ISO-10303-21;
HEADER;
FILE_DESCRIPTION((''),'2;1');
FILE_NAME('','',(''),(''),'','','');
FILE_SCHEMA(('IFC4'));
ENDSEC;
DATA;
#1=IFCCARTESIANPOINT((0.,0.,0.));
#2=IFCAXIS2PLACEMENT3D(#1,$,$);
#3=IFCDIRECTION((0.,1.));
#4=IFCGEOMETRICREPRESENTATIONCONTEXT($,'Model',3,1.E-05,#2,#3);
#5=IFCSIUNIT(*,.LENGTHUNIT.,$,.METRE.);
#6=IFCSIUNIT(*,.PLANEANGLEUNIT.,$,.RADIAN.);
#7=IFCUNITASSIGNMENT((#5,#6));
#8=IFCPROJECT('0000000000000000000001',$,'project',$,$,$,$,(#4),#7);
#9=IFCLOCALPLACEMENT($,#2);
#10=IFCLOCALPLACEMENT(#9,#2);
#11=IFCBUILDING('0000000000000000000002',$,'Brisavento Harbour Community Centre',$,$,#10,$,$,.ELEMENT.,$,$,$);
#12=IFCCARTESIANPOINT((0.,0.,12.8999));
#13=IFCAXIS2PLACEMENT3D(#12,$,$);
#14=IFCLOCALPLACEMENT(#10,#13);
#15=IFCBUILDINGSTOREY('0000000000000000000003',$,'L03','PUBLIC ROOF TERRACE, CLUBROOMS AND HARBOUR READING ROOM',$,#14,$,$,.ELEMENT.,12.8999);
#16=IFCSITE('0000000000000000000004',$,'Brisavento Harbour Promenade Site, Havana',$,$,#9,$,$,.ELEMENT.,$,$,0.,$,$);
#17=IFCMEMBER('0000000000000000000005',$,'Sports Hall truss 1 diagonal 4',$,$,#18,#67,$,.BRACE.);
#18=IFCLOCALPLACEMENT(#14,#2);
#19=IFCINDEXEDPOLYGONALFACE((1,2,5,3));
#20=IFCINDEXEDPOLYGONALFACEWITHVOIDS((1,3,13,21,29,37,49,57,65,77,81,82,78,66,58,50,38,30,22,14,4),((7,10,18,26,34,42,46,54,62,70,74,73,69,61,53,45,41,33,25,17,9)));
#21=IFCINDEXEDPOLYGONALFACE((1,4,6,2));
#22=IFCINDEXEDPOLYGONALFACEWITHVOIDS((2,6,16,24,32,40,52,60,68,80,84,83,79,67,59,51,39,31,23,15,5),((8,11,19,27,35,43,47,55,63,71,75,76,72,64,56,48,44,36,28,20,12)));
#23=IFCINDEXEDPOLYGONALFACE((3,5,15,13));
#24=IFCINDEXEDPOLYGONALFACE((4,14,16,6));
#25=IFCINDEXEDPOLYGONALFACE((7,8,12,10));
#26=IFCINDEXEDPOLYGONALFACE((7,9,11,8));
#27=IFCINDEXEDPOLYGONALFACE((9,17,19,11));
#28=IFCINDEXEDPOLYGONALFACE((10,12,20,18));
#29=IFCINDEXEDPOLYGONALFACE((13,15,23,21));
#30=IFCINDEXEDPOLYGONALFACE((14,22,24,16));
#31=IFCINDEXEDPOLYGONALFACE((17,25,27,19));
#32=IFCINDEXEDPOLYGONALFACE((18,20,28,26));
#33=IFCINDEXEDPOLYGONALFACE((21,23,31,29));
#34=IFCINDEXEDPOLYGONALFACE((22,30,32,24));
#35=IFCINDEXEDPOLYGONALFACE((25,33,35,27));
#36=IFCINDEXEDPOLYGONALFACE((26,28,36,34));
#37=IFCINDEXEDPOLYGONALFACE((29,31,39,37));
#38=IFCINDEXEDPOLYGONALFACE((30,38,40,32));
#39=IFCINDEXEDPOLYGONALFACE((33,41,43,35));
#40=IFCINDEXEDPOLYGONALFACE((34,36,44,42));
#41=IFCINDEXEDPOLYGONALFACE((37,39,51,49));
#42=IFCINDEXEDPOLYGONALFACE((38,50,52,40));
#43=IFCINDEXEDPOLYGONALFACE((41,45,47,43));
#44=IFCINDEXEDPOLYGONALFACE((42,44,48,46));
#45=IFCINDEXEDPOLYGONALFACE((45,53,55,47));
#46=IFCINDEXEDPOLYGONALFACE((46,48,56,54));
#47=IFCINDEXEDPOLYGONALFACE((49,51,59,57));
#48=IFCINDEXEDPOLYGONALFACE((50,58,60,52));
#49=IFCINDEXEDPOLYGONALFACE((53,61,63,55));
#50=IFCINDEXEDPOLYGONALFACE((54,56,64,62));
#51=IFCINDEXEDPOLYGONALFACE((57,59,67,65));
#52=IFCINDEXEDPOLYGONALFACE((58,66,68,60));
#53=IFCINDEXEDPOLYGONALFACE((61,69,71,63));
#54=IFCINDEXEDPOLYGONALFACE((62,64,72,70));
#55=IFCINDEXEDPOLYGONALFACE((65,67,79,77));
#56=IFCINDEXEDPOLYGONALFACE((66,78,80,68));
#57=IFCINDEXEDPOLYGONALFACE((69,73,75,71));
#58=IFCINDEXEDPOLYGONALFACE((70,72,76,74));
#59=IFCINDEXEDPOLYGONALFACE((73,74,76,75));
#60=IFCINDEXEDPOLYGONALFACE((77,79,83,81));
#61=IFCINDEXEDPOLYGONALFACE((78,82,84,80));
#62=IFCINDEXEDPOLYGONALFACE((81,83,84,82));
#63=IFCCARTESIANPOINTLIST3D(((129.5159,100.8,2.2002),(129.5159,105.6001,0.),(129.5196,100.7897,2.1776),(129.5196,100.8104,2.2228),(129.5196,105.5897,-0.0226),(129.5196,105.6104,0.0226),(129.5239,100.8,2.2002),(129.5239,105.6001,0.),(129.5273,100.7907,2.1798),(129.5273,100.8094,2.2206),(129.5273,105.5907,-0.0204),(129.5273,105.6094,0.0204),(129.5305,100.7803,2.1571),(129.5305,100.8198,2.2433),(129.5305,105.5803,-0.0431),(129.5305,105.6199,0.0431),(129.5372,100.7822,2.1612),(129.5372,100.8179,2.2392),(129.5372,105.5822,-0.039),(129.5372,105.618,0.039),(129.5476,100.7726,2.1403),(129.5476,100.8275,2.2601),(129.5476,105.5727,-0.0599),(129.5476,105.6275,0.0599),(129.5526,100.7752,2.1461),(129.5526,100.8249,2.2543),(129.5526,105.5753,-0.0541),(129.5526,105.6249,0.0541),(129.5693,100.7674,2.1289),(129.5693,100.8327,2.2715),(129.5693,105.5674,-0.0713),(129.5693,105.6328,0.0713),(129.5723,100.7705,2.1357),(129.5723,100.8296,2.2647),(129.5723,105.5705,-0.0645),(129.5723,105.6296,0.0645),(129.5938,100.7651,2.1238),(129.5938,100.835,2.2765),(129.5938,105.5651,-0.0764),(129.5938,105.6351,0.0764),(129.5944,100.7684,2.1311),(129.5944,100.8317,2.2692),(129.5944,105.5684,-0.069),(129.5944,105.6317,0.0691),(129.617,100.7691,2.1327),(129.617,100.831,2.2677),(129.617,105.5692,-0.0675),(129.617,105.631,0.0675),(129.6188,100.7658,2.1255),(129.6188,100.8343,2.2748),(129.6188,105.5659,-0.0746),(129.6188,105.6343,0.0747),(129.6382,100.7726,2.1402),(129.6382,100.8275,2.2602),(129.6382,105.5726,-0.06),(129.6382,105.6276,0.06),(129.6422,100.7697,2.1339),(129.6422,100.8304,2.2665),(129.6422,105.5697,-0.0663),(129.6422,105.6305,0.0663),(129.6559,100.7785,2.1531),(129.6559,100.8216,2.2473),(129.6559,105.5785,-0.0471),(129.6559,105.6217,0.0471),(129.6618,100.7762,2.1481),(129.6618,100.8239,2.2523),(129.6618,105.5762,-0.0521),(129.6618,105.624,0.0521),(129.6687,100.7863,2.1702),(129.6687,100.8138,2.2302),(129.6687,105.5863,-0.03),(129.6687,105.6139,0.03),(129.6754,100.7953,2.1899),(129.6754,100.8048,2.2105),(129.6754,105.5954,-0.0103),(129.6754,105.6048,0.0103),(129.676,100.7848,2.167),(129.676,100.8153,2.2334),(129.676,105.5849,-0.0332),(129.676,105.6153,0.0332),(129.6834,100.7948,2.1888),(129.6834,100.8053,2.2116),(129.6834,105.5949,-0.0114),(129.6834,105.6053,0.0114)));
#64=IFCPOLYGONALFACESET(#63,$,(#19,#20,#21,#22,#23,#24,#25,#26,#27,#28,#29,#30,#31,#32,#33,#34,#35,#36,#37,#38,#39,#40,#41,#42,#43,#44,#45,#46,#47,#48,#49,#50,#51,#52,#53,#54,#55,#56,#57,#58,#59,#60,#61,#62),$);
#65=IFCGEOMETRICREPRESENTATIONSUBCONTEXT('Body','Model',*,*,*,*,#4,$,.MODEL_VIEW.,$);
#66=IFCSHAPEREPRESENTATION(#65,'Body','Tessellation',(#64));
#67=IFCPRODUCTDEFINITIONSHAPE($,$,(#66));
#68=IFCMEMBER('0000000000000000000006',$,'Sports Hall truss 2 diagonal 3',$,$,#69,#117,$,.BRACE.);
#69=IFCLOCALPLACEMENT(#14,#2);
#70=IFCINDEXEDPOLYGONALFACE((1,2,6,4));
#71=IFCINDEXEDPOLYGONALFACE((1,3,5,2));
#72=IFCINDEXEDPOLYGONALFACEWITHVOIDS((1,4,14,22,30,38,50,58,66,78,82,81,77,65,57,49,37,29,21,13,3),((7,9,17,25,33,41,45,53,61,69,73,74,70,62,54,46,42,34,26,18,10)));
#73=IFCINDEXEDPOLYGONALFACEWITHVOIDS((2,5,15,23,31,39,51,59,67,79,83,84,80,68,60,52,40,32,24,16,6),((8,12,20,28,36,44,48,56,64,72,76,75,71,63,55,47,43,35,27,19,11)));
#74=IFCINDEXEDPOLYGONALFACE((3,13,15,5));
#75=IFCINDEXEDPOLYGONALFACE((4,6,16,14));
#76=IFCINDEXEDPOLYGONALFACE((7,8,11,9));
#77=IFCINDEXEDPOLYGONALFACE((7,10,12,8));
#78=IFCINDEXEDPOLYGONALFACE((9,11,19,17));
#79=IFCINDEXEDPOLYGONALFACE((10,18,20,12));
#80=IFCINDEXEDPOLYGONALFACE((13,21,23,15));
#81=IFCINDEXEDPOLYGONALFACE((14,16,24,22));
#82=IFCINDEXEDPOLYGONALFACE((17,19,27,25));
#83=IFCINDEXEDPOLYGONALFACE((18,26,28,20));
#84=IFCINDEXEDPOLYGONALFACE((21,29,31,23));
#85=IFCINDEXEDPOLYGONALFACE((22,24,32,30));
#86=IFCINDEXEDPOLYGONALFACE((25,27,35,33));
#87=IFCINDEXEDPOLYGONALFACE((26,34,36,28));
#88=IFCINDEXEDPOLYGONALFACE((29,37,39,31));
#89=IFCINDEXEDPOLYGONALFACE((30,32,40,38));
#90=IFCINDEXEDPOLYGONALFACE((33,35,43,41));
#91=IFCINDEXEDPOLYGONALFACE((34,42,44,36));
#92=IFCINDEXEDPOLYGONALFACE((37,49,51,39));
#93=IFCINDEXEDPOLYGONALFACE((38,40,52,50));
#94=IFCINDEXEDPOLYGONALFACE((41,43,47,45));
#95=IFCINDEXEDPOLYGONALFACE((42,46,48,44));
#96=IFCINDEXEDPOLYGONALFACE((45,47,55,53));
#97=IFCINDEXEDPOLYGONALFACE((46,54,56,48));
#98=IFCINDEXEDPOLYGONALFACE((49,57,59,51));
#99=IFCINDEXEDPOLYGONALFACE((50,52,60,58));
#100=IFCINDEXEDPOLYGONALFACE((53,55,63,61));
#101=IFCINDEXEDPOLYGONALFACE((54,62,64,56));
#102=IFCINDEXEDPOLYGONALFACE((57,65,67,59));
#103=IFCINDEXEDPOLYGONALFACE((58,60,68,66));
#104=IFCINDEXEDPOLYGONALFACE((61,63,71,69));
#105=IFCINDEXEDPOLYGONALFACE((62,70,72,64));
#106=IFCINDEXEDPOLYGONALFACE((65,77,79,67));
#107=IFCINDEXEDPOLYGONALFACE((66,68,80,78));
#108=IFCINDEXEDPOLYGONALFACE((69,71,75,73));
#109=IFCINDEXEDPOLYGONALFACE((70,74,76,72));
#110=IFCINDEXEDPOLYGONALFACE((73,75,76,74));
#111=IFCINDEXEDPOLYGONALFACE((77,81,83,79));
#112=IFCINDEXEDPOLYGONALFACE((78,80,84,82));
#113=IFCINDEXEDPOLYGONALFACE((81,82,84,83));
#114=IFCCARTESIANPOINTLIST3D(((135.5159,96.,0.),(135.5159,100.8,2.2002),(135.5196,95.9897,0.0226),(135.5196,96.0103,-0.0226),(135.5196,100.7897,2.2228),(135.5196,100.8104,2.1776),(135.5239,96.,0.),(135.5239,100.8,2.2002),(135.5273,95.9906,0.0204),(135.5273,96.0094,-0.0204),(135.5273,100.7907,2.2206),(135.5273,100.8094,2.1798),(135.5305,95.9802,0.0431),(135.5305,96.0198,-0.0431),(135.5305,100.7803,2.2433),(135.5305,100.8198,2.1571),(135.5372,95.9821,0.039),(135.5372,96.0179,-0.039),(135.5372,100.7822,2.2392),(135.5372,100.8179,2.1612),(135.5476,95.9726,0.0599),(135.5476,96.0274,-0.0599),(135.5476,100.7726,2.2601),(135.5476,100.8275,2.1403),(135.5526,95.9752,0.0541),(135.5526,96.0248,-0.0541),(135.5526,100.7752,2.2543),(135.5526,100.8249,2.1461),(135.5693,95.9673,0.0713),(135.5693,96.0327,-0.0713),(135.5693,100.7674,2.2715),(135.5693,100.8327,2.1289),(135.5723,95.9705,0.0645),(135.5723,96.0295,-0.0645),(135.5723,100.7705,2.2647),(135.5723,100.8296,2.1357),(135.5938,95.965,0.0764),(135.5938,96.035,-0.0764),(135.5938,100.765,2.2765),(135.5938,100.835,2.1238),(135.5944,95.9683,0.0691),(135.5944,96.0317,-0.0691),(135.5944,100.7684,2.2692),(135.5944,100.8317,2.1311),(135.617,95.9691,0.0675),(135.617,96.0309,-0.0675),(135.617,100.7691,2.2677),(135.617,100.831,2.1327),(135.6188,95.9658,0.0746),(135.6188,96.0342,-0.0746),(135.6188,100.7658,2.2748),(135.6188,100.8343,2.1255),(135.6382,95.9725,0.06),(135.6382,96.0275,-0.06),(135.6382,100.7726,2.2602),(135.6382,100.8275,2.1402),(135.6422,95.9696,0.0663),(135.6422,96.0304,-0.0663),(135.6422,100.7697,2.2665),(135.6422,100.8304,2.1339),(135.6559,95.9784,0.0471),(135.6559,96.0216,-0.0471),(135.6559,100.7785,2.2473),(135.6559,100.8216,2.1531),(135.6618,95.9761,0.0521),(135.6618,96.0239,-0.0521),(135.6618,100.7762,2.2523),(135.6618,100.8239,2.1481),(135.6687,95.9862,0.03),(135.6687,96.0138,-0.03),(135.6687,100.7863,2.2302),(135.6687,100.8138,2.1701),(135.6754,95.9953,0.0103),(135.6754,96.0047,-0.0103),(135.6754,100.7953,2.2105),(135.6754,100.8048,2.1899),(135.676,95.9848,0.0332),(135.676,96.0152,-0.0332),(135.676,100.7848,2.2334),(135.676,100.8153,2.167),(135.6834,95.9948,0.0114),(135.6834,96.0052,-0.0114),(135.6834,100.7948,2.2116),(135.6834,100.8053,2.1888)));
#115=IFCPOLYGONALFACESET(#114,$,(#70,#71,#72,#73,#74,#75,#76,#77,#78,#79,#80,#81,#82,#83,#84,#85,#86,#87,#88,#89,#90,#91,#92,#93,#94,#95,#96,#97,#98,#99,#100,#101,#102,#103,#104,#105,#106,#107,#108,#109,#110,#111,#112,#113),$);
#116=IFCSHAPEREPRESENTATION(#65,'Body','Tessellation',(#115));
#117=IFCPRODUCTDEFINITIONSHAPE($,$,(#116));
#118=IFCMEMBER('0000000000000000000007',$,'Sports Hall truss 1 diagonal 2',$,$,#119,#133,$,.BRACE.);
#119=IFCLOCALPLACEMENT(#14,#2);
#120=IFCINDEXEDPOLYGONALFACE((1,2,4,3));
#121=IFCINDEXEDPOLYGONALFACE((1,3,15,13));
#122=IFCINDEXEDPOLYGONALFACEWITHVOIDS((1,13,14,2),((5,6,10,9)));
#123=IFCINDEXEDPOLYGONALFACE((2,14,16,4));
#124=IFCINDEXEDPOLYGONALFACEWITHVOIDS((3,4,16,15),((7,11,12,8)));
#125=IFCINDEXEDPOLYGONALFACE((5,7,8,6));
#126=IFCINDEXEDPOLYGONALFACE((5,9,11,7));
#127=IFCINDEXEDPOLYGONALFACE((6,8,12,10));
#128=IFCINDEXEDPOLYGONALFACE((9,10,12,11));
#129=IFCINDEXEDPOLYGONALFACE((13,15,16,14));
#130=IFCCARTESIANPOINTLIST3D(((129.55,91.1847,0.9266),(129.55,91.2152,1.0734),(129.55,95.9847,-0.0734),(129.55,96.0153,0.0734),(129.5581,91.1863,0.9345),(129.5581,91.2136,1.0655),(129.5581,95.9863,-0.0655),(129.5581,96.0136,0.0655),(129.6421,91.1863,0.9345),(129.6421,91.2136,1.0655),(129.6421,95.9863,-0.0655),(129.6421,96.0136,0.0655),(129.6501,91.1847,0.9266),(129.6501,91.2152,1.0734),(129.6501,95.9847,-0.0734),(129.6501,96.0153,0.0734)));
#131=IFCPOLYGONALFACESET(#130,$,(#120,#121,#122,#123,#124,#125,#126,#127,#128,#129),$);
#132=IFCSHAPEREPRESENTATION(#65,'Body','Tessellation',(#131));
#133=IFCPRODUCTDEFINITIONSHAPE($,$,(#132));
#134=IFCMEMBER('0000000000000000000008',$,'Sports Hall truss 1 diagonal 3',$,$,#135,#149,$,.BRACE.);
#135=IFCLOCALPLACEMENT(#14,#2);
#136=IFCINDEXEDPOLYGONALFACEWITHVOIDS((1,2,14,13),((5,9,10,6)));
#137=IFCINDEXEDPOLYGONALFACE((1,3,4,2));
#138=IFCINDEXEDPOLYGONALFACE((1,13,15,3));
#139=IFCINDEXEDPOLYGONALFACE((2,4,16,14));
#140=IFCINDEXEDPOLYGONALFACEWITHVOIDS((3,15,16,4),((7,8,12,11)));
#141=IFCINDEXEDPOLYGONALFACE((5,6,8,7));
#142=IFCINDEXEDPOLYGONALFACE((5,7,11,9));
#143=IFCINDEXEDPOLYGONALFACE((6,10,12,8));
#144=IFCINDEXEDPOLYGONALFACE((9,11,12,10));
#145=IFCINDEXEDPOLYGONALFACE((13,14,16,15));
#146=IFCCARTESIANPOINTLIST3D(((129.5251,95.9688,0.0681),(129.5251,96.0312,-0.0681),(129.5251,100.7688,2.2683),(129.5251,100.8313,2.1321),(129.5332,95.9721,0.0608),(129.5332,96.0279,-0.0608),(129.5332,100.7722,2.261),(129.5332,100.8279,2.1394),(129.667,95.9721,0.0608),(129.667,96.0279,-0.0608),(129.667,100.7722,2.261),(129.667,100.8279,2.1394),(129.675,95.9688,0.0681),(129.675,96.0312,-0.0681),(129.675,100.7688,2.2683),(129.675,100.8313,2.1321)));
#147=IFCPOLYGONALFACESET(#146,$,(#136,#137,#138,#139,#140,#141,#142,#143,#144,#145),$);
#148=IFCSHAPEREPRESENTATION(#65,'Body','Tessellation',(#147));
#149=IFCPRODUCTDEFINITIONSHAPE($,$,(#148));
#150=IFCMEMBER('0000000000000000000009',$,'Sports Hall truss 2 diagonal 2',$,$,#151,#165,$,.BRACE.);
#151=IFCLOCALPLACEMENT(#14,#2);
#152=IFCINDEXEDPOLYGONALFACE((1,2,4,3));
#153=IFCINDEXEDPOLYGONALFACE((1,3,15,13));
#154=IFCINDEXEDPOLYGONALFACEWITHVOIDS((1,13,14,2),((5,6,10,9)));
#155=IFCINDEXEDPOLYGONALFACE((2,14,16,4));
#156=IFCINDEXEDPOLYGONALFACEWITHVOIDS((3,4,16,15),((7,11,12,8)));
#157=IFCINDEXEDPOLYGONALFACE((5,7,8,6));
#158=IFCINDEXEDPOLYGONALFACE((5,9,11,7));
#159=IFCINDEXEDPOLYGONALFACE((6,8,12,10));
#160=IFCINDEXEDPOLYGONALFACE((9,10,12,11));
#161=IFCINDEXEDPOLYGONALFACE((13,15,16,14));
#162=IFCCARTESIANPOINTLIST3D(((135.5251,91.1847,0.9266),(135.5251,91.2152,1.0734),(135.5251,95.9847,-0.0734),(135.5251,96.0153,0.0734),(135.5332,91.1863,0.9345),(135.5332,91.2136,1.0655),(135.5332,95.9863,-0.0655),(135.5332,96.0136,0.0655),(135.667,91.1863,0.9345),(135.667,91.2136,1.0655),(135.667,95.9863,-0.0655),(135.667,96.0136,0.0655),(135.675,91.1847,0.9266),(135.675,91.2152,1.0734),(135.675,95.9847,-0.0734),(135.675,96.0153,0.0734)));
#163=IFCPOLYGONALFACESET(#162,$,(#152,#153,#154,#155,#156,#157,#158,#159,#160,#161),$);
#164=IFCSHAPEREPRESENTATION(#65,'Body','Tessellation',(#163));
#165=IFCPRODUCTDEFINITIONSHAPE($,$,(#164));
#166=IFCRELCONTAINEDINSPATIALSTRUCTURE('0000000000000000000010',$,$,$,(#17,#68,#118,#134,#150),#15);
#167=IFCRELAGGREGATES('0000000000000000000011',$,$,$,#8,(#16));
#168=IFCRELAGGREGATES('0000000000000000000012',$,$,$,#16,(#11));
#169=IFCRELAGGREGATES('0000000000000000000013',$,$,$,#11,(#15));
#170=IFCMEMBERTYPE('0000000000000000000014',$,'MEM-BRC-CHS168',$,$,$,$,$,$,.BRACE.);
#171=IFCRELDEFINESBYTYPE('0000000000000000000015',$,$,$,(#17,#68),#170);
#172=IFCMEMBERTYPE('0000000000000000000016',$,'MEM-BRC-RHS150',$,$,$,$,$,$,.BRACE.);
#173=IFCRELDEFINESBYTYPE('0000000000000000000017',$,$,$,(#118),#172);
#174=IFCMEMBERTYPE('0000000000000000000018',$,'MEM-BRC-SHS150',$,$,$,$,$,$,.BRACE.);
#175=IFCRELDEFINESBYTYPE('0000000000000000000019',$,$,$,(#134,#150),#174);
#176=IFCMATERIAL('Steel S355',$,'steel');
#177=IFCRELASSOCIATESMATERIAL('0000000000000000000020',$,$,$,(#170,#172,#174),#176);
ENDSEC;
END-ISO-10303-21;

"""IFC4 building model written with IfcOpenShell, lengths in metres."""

from ifc_helpers import new_model, si_unit, direction, frame, origin, origin_2d, place, context, subcontext, project, spatial, hollow_rectangle, hollow_circle, extrude, material, material_profile, profile_set, type_object, element, save


model = new_model("IFC4")

# Units and contexts
model_context = context("Model", 3, precision=1e-05, world=origin(), true_north=direction((0.0, 1.0)))
body_context = subcontext(model_context, "Body", "Model", "MODEL_VIEW")
ifc_project = project(units=[si_unit("LENGTHUNIT", "METRE"), si_unit("PLANEANGLEUNIT", "RADIAN")], contexts=[model_context])

# Site, building, storey
site_placement = place(None, origin())
site = spatial("IfcSite", under=ifc_project, at=site_placement, Name="Brisavento Harbour Promenade Site, Havana", CompositionType="ELEMENT", RefElevation=0.0)
building_placement = place(site_placement, origin())
building = spatial("IfcBuilding", under=site, at=building_placement, Name="Brisavento Harbour Community Centre", CompositionType="ELEMENT")
storey_placement = place(building_placement, frame((0.0, 0.0, 12.8999)))
storey = spatial("IfcBuildingStorey", under=building, at=storey_placement, Name="L03", Description="PUBLIC ROOF TERRACE, CLUBROOMS AND HARBOUR READING ROOM", CompositionType="ELEMENT", Elevation=12.8999)

# Members
ifc_material_1 = material(Name="Steel S355", Category="steel")
ifc_material_profile_1 = material_profile(ifc_material_1, hollow_circle(Radius=0.0842, WallThickness=0.0081, at=origin_2d()), Name="Steel S355")
ifc_profile_set_1 = profile_set([ifc_material_profile_1], Name="Steel S355")
member_type_1 = type_object("IfcMemberType", Name="MEM-BRC-CHS168", PredefinedType="BRACE", material=ifc_profile_set_1)
for number, where, z_axis, x_axis, name in (
    (1, (129.6001, 100.8, 2.2002), (0.0, 0.909052, -0.416682), (-1.0, 0.0, 0.0), "Sports Hall truss 1 diagonal 4"),
    (2, (135.6001, 96.0, 0.0), (0.0, 0.909052, 0.416682), (-1.0, 0.0, 0.0), "Sports Hall truss 2 diagonal 3"),
):
    element("IfcMember", number, at=place(storey_placement, frame(where, z_axis=z_axis, x_axis=x_axis)), inside=storey, type_object=member_type_1, Name=name, PredefinedType="BRACE", context=body_context, shape_type="SweptSolid", body=[
        extrude(hollow_circle(Radius=0.0842, WallThickness=0.0081, at=origin_2d()), origin(), (0.0, 0.0, 1.0), 5.2803),
    ])
ifc_material_profile_2 = material_profile(ifc_material_1, hollow_rectangle(XDim=0.1001, YDim=0.1499, WallThickness=0.0081, at=origin_2d()), Name="Steel S355")
ifc_profile_set_2 = profile_set([ifc_material_profile_2], Name="Steel S355")
member_type_2 = type_object("IfcMemberType", Name="MEM-BRC-RHS150", PredefinedType="BRACE", material=ifc_profile_set_2)
member_1_placement = place(storey_placement, frame((129.6001, 91.2, 1.0), z_axis=(0.0, 0.978981, -0.203952), x_axis=(-1.0, 0.0, 0.0)))
element("IfcMember", 3, at=member_1_placement, inside=storey, type_object=member_type_2, Name="Sports Hall truss 1 diagonal 2", PredefinedType="BRACE", context=body_context, shape_type="SweptSolid", body=[
    extrude(hollow_rectangle(XDim=0.1001, YDim=0.1499, WallThickness=0.0081, at=origin_2d()), origin(), (0.0, 0.0, 1.0), 4.9031),
])
ifc_material_profile_3 = material_profile(ifc_material_1, hollow_rectangle(XDim=0.1499, YDim=0.1499, WallThickness=0.0081, at=origin_2d()), Name="Steel S355")
ifc_profile_set_3 = profile_set([ifc_material_profile_3], Name="Steel S355")
member_type_3 = type_object("IfcMemberType", Name="MEM-BRC-SHS150", PredefinedType="BRACE", material=ifc_profile_set_3)
member_2_placement = place(storey_placement, frame((129.6001, 96.0, 0.0), z_axis=(0.0, 0.909052, 0.416682), x_axis=(-1.0, 0.0, 0.0)))
element("IfcMember", 4, at=member_2_placement, inside=storey, type_object=member_type_3, Name="Sports Hall truss 1 diagonal 3", PredefinedType="BRACE", context=body_context, shape_type="SweptSolid", body=[
    extrude(hollow_rectangle(XDim=0.1499, YDim=0.1499, WallThickness=0.0081, at=origin_2d()), origin(), (0.0, 0.0, 1.0), 5.2803),
])
member_3_placement = place(storey_placement, frame((135.6001, 91.2, 1.0), z_axis=(0.0, 0.978981, -0.203952), x_axis=(-1.0, 0.0, 0.0)))
element("IfcMember", 5, at=member_3_placement, inside=storey, type_object=member_type_3, Name="Sports Hall truss 2 diagonal 2", PredefinedType="BRACE", context=body_context, shape_type="SweptSolid", body=[
    extrude(hollow_rectangle(XDim=0.1499, YDim=0.1499, WallThickness=0.0081, at=origin_2d()), origin(), (0.0, 0.0, 1.0), 4.9031),
])

save(model, "model.ifc")
